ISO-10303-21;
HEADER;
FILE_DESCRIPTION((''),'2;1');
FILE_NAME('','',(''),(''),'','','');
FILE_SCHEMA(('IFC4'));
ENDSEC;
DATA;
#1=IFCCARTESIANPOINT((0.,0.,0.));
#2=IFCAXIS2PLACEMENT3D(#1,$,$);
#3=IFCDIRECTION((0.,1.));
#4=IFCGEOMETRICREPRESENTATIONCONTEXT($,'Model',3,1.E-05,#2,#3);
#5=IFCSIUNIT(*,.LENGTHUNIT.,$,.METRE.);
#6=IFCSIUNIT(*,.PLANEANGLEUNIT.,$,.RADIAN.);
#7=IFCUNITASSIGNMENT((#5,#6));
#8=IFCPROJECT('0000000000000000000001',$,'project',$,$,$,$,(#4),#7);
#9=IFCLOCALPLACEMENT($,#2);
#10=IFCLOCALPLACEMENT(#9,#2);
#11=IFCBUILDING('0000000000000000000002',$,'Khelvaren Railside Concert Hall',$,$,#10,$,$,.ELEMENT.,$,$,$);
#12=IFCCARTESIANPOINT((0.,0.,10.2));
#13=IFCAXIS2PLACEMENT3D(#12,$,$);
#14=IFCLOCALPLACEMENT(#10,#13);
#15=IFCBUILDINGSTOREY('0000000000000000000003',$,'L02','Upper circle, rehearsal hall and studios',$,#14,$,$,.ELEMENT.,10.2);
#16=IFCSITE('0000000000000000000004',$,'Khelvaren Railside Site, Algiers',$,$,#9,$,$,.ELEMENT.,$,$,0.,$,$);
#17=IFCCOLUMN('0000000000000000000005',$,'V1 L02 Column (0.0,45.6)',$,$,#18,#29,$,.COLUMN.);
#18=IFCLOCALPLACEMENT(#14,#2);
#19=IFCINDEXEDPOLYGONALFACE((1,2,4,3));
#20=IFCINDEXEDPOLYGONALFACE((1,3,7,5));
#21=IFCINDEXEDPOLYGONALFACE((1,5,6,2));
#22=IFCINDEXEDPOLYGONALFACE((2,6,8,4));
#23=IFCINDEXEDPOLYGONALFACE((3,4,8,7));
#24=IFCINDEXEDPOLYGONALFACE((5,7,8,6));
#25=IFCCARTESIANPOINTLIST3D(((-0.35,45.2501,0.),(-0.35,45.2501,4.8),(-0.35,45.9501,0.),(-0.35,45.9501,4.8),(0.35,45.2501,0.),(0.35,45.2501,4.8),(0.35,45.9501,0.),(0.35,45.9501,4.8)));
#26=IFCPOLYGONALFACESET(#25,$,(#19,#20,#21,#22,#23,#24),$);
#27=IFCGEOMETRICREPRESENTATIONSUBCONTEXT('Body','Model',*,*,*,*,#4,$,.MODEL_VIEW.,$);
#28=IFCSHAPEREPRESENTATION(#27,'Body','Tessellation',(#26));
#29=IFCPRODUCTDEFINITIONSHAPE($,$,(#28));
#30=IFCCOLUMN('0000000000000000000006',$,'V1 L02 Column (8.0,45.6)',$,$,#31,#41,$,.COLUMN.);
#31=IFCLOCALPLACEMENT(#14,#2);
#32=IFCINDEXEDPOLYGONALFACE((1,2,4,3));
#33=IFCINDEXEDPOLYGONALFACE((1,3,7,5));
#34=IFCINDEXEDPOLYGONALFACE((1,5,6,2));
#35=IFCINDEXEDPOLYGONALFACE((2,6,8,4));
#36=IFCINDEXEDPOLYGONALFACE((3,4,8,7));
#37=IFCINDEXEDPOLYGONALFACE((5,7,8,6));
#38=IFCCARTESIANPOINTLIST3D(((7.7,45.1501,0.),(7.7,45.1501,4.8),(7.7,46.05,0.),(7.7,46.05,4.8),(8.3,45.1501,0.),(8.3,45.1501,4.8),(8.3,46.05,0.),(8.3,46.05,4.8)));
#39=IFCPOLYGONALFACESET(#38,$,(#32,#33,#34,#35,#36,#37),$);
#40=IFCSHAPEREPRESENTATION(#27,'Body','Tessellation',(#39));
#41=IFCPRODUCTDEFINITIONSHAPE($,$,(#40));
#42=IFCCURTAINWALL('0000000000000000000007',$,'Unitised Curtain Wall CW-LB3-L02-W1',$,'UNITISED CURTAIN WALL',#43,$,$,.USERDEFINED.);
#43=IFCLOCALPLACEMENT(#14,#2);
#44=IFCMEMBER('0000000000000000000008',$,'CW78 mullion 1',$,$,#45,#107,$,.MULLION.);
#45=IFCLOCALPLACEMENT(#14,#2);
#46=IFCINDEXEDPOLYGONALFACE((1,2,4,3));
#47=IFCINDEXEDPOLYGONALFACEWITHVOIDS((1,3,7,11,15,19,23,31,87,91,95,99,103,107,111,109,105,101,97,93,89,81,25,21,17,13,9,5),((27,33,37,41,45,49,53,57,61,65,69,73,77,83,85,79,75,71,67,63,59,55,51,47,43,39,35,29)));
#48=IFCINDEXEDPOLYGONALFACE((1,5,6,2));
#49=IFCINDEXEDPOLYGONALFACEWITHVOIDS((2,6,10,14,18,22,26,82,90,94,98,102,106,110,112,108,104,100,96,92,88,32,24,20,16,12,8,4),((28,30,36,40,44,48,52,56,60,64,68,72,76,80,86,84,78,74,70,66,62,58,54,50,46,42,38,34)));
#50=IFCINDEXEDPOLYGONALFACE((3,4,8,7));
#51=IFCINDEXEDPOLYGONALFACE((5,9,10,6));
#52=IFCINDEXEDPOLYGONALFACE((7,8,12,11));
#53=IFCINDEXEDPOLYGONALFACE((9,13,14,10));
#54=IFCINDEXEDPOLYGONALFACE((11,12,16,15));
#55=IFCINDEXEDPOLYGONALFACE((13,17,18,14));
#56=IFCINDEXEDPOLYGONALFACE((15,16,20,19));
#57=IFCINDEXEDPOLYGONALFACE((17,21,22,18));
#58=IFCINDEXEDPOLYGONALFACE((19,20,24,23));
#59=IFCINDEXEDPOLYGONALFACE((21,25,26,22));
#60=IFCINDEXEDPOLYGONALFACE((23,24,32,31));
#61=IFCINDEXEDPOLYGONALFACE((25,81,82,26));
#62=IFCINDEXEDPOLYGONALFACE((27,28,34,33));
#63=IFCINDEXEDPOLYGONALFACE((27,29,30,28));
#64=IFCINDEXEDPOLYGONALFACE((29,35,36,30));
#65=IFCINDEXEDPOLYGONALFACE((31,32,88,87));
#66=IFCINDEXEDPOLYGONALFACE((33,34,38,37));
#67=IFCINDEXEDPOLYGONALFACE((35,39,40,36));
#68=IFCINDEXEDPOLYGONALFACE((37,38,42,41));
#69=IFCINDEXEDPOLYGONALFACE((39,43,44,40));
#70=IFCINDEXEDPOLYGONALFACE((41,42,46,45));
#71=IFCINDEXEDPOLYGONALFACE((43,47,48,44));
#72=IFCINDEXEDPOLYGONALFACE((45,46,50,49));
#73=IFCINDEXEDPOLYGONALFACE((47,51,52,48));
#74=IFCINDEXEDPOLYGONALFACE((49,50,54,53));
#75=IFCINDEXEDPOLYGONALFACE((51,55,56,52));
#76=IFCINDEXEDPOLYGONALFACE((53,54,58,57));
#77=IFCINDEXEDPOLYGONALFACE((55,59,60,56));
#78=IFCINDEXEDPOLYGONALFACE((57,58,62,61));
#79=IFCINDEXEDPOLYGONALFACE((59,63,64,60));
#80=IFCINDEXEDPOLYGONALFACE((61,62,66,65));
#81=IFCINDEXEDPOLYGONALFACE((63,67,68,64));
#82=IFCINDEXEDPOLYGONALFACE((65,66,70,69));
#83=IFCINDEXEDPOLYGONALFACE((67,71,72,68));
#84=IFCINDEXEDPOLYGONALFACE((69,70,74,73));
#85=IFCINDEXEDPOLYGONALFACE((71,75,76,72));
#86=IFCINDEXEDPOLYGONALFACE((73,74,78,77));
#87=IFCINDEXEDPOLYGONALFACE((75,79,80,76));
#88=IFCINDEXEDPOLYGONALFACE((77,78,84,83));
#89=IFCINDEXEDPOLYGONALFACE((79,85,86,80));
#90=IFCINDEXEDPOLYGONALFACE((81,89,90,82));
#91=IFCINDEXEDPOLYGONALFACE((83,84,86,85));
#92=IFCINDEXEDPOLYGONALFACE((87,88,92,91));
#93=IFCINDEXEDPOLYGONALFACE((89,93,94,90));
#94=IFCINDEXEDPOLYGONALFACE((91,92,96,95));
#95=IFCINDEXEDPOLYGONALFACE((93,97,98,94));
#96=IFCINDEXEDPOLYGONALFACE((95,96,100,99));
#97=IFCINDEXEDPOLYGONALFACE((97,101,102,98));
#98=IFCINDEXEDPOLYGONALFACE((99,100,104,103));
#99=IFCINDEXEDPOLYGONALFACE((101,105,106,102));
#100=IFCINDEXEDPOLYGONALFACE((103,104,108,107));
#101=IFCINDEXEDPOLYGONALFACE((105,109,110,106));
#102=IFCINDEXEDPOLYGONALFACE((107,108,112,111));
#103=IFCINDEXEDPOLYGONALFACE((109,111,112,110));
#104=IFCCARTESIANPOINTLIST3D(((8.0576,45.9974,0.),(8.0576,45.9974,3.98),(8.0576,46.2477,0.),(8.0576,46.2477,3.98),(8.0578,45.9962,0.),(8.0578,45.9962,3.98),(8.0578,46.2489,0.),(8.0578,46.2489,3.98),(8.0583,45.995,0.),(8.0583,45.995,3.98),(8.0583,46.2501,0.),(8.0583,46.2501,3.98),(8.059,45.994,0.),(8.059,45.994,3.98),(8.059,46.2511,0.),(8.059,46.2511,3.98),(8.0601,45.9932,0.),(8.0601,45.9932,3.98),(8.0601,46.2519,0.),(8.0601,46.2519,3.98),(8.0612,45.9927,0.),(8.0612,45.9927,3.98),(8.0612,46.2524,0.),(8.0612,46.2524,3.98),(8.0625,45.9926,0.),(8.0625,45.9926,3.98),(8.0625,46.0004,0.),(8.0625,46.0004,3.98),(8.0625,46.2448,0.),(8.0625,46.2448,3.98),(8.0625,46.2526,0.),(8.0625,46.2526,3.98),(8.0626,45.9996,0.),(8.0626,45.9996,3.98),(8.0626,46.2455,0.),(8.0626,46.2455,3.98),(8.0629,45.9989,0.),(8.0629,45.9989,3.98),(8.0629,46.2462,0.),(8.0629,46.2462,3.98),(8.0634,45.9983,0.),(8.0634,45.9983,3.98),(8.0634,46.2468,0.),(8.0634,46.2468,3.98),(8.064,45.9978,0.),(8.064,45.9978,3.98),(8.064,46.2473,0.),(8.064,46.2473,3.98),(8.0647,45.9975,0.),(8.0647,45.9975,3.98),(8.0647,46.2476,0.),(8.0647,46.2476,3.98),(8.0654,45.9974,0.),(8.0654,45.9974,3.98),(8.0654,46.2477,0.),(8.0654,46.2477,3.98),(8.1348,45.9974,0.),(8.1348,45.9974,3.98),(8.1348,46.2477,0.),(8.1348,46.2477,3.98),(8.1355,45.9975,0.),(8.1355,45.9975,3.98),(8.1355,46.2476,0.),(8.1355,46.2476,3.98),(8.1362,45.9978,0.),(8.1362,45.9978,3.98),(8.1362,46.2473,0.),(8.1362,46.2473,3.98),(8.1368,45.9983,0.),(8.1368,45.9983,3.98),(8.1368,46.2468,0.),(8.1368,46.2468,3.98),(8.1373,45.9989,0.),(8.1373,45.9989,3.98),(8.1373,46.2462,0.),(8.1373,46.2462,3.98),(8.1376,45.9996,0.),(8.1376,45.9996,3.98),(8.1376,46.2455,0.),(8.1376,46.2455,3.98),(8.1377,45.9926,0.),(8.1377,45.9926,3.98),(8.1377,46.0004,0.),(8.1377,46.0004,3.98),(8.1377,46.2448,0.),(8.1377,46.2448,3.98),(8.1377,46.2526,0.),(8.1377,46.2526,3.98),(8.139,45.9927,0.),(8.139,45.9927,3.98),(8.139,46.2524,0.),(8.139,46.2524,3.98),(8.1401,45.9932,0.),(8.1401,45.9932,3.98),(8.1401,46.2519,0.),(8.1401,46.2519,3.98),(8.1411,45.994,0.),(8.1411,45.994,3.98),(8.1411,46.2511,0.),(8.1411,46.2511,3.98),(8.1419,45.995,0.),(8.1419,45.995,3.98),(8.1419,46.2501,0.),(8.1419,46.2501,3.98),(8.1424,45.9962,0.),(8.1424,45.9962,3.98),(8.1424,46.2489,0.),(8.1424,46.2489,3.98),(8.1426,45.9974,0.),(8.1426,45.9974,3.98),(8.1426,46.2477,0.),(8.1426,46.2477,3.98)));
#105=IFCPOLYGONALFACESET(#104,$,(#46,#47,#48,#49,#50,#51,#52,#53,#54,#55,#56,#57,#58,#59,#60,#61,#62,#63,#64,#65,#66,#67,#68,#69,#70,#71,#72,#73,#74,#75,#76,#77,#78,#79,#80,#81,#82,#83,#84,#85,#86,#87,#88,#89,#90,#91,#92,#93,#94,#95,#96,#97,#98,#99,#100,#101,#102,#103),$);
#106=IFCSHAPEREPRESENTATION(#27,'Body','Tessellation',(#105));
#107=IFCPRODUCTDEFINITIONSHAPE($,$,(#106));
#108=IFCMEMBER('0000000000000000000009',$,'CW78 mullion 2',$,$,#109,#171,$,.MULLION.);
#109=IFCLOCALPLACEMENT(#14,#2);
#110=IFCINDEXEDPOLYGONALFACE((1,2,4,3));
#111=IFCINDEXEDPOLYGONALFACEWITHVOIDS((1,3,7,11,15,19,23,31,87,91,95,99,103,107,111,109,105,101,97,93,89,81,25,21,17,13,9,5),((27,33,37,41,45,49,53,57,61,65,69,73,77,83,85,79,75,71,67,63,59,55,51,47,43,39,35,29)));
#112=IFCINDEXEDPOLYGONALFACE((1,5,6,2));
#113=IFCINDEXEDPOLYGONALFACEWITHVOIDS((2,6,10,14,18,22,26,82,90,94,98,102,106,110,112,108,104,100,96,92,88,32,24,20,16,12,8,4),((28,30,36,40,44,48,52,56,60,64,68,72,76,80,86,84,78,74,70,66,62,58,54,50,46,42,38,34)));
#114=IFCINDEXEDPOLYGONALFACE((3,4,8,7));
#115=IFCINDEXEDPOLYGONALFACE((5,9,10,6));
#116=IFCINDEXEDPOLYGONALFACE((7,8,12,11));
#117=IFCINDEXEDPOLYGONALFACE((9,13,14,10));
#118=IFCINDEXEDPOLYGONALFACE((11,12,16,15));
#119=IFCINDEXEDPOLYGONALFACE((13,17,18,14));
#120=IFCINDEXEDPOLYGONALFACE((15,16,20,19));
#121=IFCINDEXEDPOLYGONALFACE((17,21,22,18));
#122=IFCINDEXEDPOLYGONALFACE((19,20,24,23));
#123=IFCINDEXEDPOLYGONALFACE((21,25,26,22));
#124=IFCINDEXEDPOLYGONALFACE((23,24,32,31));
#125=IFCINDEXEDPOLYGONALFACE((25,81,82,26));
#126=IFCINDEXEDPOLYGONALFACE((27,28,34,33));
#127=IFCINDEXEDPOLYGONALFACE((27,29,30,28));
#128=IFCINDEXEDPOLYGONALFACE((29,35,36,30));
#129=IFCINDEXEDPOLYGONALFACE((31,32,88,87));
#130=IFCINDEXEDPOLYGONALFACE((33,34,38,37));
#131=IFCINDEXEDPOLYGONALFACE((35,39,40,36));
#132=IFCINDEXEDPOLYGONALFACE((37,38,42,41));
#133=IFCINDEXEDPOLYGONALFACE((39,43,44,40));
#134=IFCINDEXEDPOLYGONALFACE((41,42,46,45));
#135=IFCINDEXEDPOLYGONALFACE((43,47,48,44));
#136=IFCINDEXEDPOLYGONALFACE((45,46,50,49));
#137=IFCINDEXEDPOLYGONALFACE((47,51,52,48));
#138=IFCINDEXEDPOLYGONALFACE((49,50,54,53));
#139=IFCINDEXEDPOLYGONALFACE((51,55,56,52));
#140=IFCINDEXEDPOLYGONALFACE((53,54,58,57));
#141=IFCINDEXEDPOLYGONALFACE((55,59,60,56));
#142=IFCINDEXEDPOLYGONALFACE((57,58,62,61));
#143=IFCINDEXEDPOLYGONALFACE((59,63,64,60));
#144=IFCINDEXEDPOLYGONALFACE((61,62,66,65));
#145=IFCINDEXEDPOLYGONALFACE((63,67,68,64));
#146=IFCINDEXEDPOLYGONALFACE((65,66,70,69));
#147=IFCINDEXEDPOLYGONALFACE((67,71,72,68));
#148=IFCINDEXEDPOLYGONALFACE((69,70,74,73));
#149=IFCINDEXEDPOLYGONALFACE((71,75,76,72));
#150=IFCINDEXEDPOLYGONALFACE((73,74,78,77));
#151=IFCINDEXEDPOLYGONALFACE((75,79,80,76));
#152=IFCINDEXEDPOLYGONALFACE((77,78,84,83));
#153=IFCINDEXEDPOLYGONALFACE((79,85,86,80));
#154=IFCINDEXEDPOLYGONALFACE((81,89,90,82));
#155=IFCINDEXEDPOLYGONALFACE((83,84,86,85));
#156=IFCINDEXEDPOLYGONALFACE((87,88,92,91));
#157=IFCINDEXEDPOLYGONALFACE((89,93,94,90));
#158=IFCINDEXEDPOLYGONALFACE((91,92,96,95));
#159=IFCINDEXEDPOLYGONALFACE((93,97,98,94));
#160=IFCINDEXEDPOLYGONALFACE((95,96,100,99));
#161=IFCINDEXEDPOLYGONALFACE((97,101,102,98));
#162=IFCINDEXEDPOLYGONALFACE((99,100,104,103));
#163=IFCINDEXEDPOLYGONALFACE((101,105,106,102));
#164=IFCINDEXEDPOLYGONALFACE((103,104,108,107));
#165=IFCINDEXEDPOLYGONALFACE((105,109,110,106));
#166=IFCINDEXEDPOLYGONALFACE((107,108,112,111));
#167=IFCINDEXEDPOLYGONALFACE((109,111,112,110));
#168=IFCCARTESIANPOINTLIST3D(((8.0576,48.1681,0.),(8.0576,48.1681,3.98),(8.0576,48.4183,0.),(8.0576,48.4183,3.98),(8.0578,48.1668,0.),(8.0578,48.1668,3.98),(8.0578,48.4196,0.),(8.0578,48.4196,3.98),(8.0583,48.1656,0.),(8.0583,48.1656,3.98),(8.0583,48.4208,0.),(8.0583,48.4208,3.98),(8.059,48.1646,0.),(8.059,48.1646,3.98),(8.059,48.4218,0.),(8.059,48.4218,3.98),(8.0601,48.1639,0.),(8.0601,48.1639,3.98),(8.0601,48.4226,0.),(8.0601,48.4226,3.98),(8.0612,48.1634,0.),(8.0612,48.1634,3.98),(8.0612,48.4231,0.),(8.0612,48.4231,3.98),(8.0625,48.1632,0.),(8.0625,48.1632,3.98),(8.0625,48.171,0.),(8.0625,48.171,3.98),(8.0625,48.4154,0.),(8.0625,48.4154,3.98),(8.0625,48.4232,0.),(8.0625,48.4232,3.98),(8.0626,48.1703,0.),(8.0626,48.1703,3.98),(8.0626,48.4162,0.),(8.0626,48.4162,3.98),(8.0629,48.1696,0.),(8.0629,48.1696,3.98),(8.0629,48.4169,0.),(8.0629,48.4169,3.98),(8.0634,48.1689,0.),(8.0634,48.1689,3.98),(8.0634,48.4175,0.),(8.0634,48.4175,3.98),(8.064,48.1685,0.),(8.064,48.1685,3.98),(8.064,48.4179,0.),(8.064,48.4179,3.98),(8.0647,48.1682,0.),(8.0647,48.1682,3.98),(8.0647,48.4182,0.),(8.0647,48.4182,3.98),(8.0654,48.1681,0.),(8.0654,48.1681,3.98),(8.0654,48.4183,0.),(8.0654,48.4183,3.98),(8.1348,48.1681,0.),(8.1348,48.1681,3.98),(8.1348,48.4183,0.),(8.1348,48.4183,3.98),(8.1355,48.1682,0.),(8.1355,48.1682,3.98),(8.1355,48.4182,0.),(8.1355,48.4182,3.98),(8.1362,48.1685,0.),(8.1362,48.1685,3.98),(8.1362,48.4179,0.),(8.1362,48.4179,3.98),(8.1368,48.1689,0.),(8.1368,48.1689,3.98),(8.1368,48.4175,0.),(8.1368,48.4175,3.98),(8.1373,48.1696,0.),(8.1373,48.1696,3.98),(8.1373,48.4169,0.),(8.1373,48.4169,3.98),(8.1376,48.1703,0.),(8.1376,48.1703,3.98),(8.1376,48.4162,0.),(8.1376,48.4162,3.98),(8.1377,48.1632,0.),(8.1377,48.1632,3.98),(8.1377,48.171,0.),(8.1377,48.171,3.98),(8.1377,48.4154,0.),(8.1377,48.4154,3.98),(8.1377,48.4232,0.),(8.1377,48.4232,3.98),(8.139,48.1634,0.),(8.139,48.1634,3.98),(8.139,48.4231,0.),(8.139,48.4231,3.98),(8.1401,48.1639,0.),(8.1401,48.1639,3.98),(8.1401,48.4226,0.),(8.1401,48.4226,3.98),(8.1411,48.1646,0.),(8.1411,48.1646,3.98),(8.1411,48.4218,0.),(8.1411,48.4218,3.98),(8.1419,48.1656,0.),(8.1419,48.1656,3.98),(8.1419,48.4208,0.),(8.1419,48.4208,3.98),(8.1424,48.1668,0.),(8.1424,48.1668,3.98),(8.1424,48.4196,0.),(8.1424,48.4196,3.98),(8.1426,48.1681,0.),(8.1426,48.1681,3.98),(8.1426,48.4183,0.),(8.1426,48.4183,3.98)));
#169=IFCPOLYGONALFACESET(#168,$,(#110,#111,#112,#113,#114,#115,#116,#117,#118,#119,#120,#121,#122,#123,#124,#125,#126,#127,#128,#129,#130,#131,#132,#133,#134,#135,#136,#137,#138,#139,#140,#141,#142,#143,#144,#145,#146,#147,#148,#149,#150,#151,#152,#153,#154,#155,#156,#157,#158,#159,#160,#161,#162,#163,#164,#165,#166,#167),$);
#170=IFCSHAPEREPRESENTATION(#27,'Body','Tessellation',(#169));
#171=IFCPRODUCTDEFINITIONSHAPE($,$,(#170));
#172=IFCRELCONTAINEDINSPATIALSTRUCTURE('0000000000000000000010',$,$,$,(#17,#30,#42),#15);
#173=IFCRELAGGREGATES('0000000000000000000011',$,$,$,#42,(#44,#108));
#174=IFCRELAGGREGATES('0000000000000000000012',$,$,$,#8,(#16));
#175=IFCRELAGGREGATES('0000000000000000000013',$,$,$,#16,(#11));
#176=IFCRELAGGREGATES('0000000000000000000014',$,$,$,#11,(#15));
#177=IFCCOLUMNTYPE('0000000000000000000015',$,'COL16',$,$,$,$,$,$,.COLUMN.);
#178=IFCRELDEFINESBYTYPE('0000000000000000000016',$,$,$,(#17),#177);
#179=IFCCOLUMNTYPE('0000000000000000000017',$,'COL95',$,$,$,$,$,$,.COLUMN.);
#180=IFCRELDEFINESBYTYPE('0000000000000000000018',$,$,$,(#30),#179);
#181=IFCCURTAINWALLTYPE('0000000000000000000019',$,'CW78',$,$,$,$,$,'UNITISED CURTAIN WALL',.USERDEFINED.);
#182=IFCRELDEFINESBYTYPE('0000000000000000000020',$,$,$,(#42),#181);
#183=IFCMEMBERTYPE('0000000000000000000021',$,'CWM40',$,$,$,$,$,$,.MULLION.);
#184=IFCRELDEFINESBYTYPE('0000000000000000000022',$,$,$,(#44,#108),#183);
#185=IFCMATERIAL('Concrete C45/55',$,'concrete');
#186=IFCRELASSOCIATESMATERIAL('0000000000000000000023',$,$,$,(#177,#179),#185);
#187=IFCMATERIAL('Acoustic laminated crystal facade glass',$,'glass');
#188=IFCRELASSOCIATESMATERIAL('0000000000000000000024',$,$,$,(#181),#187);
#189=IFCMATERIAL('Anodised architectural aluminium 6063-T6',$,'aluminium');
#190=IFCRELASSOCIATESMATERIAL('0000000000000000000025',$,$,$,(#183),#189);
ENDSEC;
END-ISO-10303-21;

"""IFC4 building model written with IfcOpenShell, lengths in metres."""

from ifc_helpers import new_model, si_unit, direction, frame, origin, origin_2d, place, context, subcontext, project, spatial, rectangle, hollow_rectangle, extrude, material, material_profile, profile_set, type_object, element, aggregate, save


model = new_model("IFC4")

# Units and contexts
model_context = context("Model", 3, precision=1e-05, world=origin(), true_north=direction((0.0, 1.0)))
body_context = subcontext(model_context, "Body", "Model", "MODEL_VIEW")
ifc_project = project(units=[si_unit("LENGTHUNIT", "METRE"), si_unit("PLANEANGLEUNIT", "RADIAN")], contexts=[model_context])

# Site, building, storey
site_placement = place(None, origin())
site = spatial("IfcSite", under=ifc_project, at=site_placement, Name="Khelvaren Railside Site, Algiers", CompositionType="ELEMENT", RefElevation=0.0)
building_placement = place(site_placement, origin())
building = spatial("IfcBuilding", under=site, at=building_placement, Name="Khelvaren Railside Concert Hall", CompositionType="ELEMENT")
storey_placement = place(building_placement, frame((0.0, 0.0, 10.2)))
storey = spatial("IfcBuildingStorey", under=building, at=storey_placement, Name="L02", Description="Upper circle, rehearsal hall and studios", CompositionType="ELEMENT", Elevation=10.2)

# Columns
ifc_material_1 = material(Name="Concrete C45/55", Category="concrete")
ifc_material_profile_1 = material_profile(ifc_material_1, rectangle(XDim=0.7, YDim=0.7, at=origin_2d()), Name="RC 700x700")
ifc_profile_set_1 = profile_set([ifc_material_profile_1], Name="Concrete C45/55")
column_type_1 = type_object("IfcColumnType", Name="COL16", PredefinedType="COLUMN", material=ifc_profile_set_1)
column_1_placement = place(storey_placement, frame((0.0, 45.6001, 0.0), z_axis=(0.0, 0.0, 1.0), x_axis=(1.0, 0.0, 0.0)))
element("IfcColumn", 1, at=column_1_placement, inside=storey, type_object=column_type_1, Name="V1 L02 Column (0.0,45.6)", PredefinedType="COLUMN", context=body_context, shape_type="SweptSolid", body=[
    extrude(rectangle(XDim=0.7, YDim=0.7, at=origin_2d()), origin(), (0.0, 0.0, 1.0), 4.8),
])
ifc_material_profile_2 = material_profile(ifc_material_1, rectangle(XDim=0.6001, YDim=0.8999, at=origin_2d()), Name="RC 600x900")
ifc_profile_set_2 = profile_set([ifc_material_profile_2], Name="Concrete C45/55")
column_type_2 = type_object("IfcColumnType", Name="COL95", PredefinedType="COLUMN", material=ifc_profile_set_2)
column_2_placement = place(storey_placement, frame((8.0, 45.6001, 0.0), z_axis=(0.0, 0.0, 1.0), x_axis=(1.0, 0.0, 0.0)))
element("IfcColumn", 2, at=column_2_placement, inside=storey, type_object=column_type_2, Name="V1 L02 Column (8.0,45.6)", PredefinedType="COLUMN", context=body_context, shape_type="SweptSolid", body=[
    extrude(rectangle(XDim=0.6001, YDim=0.8999, at=origin_2d()), origin(), (0.0, 0.0, 1.0), 4.8),
])

# Curtain wall, members
ifc_material_2 = material(Name="Acoustic laminated crystal facade glass", Category="glass")
curtain_wall_type = type_object("IfcCurtainWallType", Name="CW78", ElementType="UNITISED CURTAIN WALL", PredefinedType="USERDEFINED", material=ifc_material_2)
curtain_wall_placement = place(storey_placement, origin())
curtain_wall = element("IfcCurtainWall", 3, at=curtain_wall_placement, inside=storey, type_object=curtain_wall_type, Name="Unitised Curtain Wall CW-LB3-L02-W1", ObjectType="UNITISED CURTAIN WALL", PredefinedType="USERDEFINED")
ifc_material_3 = material(Name="Anodised architectural aluminium 6063-T6", Category="aluminium")
ifc_material_profile_3 = material_profile(ifc_material_3, hollow_rectangle(XDim=0.085, YDim=0.26, WallThickness=0.0049, InnerFilletRadius=0.0029, OuterFilletRadius=0.0049, at=origin_2d()), Name="CWM 85x260x5")
ifc_profile_set_3 = profile_set([ifc_material_profile_3], Name="Anodised architectural aluminium 6063-T6")
member_type_1 = type_object("IfcMemberType", Name="CWM40", PredefinedType="MULLION", material=ifc_profile_set_3)
member_1_placement = place(storey_placement, frame((8.1001, 46.1226, 0.0), z_axis=(0.0, 0.0, 1.0), x_axis=(-1.0, 0.0, 0.0)))
member_1 = element("IfcMember", 4, at=member_1_placement, type_object=member_type_1, Name="CW78 mullion 1", PredefinedType="MULLION", context=body_context, shape_type="SweptSolid", body=[
    extrude(hollow_rectangle(XDim=0.085, YDim=0.26, WallThickness=0.0049, InnerFilletRadius=0.0029, OuterFilletRadius=0.0049, at=origin_2d()), origin(), (0.0, 0.0, 1.0), 3.98),
])
member_2_placement = place(storey_placement, frame((8.1001, 48.2932, 0.0), z_axis=(0.0, 0.0, 1.0), x_axis=(-1.0, 0.0, 0.0)))
member_2 = element("IfcMember", 5, at=member_2_placement, type_object=member_type_1, Name="CW78 mullion 2", PredefinedType="MULLION", context=body_context, shape_type="SweptSolid", body=[
    extrude(hollow_rectangle(XDim=0.085, YDim=0.26, WallThickness=0.0049, InnerFilletRadius=0.0029, OuterFilletRadius=0.0049, at=origin_2d()), origin(), (0.0, 0.0, 1.0), 3.98),
])

aggregate(curtain_wall, [member_1, member_2])

save(model, "model.ifc")
